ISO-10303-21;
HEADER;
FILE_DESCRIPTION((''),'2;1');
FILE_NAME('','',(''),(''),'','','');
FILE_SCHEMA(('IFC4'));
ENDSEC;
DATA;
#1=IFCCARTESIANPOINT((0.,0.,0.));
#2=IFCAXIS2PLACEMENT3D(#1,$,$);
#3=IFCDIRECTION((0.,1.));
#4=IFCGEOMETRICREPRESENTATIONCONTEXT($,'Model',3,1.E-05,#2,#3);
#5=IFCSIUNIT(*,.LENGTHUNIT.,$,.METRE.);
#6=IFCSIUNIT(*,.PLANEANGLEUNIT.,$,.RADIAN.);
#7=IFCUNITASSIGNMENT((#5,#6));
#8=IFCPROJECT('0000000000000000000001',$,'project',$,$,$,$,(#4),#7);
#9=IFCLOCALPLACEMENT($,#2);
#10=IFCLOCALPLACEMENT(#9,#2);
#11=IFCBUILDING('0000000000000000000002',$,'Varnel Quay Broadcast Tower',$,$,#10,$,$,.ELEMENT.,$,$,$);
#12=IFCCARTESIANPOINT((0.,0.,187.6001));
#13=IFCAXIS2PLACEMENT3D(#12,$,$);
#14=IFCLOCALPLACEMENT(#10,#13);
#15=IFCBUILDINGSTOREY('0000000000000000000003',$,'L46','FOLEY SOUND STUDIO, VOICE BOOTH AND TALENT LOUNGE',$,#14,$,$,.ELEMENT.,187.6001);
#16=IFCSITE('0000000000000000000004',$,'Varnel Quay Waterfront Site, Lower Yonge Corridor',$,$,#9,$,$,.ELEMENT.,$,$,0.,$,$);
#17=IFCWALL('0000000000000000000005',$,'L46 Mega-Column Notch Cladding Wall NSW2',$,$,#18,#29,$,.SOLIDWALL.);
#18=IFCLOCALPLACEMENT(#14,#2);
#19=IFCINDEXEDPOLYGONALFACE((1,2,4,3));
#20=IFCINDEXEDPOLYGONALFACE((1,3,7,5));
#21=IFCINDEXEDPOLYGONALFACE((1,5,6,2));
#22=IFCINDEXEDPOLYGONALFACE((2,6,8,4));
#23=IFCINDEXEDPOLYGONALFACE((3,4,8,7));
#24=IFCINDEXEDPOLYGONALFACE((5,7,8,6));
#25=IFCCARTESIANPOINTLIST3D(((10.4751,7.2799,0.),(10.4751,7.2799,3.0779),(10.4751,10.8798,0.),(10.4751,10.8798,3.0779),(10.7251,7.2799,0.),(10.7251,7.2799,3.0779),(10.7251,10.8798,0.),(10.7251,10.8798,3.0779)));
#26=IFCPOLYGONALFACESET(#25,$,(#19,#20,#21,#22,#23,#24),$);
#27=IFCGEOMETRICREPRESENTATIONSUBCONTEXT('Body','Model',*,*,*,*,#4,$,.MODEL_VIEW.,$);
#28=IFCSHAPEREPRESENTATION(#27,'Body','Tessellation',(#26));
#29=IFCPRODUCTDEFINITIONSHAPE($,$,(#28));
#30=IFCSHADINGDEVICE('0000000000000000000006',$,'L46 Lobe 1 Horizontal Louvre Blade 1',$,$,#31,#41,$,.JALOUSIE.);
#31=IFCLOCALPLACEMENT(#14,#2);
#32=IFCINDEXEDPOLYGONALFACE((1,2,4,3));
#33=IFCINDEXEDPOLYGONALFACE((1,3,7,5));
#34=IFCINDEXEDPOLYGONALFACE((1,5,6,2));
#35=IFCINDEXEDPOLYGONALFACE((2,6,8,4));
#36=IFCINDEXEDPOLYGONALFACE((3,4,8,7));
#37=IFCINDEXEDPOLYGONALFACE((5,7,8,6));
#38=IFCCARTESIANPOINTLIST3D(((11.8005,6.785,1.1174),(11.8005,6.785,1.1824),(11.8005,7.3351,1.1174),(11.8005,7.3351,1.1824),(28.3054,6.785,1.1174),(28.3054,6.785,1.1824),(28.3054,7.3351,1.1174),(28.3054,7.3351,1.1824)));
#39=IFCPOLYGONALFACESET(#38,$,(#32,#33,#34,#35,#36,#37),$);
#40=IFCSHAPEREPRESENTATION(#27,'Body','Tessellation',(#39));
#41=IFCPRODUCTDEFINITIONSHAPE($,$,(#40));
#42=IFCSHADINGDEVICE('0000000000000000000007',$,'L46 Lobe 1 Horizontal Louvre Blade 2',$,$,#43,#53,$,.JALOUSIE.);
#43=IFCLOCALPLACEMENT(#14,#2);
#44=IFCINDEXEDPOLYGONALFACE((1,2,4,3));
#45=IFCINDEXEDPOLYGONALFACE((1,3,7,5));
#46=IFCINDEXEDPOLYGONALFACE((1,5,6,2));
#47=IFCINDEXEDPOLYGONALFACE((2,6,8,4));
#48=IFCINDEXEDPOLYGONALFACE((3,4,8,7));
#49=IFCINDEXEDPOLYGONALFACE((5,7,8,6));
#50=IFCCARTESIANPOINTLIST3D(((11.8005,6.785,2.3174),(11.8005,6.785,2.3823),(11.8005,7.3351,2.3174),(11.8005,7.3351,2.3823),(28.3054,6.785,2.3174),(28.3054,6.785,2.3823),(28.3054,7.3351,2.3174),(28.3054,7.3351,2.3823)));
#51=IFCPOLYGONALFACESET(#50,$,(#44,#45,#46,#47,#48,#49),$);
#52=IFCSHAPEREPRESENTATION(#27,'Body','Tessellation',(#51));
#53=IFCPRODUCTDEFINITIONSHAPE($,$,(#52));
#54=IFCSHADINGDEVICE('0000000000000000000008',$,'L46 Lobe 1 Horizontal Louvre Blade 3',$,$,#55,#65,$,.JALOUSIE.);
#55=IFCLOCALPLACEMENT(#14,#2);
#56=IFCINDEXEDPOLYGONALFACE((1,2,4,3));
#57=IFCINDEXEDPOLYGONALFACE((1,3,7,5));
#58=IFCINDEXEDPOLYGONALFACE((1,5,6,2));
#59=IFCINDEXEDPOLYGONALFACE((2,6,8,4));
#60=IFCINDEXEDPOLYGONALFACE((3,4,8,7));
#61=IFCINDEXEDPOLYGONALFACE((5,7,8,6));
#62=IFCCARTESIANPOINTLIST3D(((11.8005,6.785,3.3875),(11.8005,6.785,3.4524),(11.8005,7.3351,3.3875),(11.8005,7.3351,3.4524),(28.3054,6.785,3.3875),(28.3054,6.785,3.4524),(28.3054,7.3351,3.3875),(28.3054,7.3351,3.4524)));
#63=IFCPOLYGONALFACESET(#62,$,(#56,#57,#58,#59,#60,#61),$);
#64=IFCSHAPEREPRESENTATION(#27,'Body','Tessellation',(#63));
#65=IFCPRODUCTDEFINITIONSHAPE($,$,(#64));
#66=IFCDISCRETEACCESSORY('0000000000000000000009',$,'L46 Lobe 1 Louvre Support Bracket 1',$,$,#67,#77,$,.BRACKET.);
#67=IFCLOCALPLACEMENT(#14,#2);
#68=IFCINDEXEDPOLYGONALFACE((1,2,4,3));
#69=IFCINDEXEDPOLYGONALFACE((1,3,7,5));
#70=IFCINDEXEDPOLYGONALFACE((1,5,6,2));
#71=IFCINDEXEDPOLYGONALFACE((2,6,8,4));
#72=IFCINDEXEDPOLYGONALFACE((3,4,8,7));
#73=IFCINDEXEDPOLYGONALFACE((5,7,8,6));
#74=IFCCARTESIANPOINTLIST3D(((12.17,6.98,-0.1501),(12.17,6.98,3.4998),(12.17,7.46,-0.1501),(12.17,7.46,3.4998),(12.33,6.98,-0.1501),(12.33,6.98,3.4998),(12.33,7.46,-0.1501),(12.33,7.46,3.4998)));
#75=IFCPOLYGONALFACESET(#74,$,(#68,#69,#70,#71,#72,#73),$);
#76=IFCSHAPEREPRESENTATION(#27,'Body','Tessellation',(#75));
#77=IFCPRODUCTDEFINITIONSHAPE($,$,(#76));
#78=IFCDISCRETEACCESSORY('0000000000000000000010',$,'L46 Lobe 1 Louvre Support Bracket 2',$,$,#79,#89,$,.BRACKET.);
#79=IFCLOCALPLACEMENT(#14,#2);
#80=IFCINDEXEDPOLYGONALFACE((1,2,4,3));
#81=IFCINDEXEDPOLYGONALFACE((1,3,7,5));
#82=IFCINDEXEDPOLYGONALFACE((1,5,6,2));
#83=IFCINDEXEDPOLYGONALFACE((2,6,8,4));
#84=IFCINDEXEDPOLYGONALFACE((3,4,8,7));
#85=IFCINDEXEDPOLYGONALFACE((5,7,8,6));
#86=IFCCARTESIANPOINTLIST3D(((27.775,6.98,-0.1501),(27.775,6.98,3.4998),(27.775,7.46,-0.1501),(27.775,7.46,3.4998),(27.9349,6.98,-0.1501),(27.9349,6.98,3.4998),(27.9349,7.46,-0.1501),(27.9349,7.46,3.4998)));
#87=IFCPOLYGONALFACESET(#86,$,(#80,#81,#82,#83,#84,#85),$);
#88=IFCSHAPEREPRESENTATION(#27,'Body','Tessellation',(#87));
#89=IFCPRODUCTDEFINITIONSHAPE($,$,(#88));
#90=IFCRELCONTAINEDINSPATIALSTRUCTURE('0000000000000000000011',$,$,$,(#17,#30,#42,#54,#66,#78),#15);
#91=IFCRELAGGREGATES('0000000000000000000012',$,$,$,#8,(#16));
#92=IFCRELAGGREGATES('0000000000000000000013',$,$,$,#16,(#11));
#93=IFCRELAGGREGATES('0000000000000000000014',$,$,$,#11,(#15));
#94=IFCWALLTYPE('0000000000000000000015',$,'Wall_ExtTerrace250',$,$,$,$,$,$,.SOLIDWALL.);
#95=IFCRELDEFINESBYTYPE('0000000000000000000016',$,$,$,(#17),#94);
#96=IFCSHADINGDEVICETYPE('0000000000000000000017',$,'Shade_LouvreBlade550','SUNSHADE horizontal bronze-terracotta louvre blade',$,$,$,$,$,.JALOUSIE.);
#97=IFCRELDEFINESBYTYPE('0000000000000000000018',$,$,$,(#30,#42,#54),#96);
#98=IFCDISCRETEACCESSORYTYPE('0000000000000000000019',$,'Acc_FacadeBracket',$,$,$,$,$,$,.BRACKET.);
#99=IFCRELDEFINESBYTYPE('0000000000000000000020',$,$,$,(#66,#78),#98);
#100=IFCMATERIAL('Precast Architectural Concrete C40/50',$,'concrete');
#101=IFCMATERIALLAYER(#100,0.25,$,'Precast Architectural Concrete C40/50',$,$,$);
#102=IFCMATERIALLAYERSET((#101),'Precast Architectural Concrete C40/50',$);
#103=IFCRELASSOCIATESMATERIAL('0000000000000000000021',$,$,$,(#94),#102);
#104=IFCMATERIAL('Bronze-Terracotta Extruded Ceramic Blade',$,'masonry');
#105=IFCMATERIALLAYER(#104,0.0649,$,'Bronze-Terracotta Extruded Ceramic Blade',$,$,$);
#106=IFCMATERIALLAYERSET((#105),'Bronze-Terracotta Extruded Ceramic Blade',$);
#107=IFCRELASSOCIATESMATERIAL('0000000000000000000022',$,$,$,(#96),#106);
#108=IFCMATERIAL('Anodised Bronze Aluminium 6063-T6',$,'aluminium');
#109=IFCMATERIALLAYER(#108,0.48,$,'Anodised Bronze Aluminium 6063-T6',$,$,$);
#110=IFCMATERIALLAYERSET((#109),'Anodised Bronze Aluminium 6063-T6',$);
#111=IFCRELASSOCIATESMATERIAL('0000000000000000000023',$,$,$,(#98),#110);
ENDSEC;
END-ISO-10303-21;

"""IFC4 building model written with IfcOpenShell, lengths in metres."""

from ifc_helpers import new_model, si_unit, direction, frame, frame_2d, origin, origin_2d, place, context, subcontext, project, spatial, rectangle, extrude, source, transform, mapped, material, layer, layer_set, type_object, type_shapes, element, save


model = new_model("IFC4")

# Units and contexts
model_context = context("Model", 3, precision=1e-05, world=origin(), true_north=direction((0.0, 1.0)))
body_context = subcontext(model_context, "Body", "Model", "MODEL_VIEW")
ifc_project = project(units=[si_unit("LENGTHUNIT", "METRE"), si_unit("PLANEANGLEUNIT", "RADIAN")], contexts=[model_context])

# Site, building, storey
site_placement = place(None, origin())
site = spatial("IfcSite", under=ifc_project, at=site_placement, Name="Varnel Quay Waterfront Site, Lower Yonge Corridor", CompositionType="ELEMENT", RefElevation=0.0)
building_placement = place(site_placement, origin())
building = spatial("IfcBuilding", under=site, at=building_placement, Name="Varnel Quay Broadcast Tower", CompositionType="ELEMENT")
storey_placement = place(building_placement, frame((0.0, 0.0, 187.6001)))
storey = spatial("IfcBuildingStorey", under=building, at=storey_placement, Name="L46", Description="FOLEY SOUND STUDIO, VOICE BOOTH AND TALENT LOUNGE", CompositionType="ELEMENT", Elevation=187.6001)

# Shared definitions
ifc_material_1 = material(Name="Anodised Bronze Aluminium 6063-T6", Category="aluminium")

# Wall
ifc_material_2 = material(Name="Precast Architectural Concrete C40/50", Category="concrete")
ifc_layer_1 = layer(ifc_material_2, 0.25, Name="Precast Architectural Concrete C40/50")
ifc_layer_set_1 = layer_set([ifc_layer_1], Name="Precast Architectural Concrete C40/50")
wall_type = type_object("IfcWallType", Name="Wall_ExtTerrace250", PredefinedType="SOLIDWALL", material=ifc_layer_set_1)
wall_placement = place(storey_placement, frame((10.6001, 7.28, 0.0), z_axis=(0.0, 0.0, 1.0), x_axis=(0.0, 1.0, 0.0)))
element("IfcWall", 1, at=wall_placement, inside=storey, type_object=wall_type, Name="L46 Mega-Column Notch Cladding Wall NSW2", PredefinedType="SOLIDWALL", context=body_context, shape_type="SweptSolid", body=[
    extrude(rectangle(XDim=3.5999, YDim=0.25, at=frame_2d((1.7998, 0.0))), origin(), (0.0, 0.0, 1.0), 3.0779),
])

# Shading devices
ifc_material_3 = material(Name="Bronze-Terracotta Extruded Ceramic Blade", Category="masonry")
ifc_layer_2 = layer(ifc_material_3, 0.0649, Name="Bronze-Terracotta Extruded Ceramic Blade")
ifc_layer_set_2 = layer_set([ifc_layer_2], Name="Bronze-Terracotta Extruded Ceramic Blade")
shading_device_type = type_object("IfcShadingDeviceType", Name="Shade_LouvreBlade550", Description="SUNSHADE horizontal bronze-terracotta louvre blade", PredefinedType="JALOUSIE", material=ifc_layer_set_2)
shared_shape_1 = source(origin(), body_context, "Body", "SweptSolid", [
    extrude(rectangle(XDim=16.5049, YDim=0.55, at=origin_2d()), origin(), (0.0, 0.0, 1.0), 0.0649),
])
type_shapes(shading_device_type, [shared_shape_1])
for number, where, z_axis, x_axis, name in (
    (2, (20.053, 7.0601, 1.1174), (0.0, 0.0, 1.0), (1.0, 0.0, 0.0), "L46 Lobe 1 Horizontal Louvre Blade 1"),
    (3, (20.053, 7.0601, 2.3174), (0.0, 0.0, 1.0), (1.0, 0.0, 0.0), "L46 Lobe 1 Horizontal Louvre Blade 2"),
    (4, (20.053, 7.0601, 3.3875), (0.0, 0.0, 1.0), (1.0, 0.0, 0.0), "L46 Lobe 1 Horizontal Louvre Blade 3"),
):
    element("IfcShadingDevice", number, at=place(storey_placement, frame(where, z_axis=z_axis, x_axis=x_axis)), inside=storey, type_object=shading_device_type, Name=name, PredefinedType="JALOUSIE", context=body_context, shape_type="MappedRepresentation", body=[
        mapped(shared_shape_1, transform((0.0, 0.0, 0.0), x_axis=(1.0, 0.0, 0.0), y_axis=(0.0, 1.0, 0.0), z_axis=(0.0, 0.0, 1.0), scale=1.0)),
    ])

# Discrete accessories
ifc_layer_3 = layer(ifc_material_1, 0.48, Name="Anodised Bronze Aluminium 6063-T6")
ifc_layer_set_3 = layer_set([ifc_layer_3], Name="Anodised Bronze Aluminium 6063-T6")
discrete_accessory_type = type_object("IfcDiscreteAccessoryType", Name="Acc_FacadeBracket", PredefinedType="BRACKET", material=ifc_layer_set_3)
shared_shape_2 = source(origin(), body_context, "Body", "SweptSolid", [
    extrude(rectangle(XDim=0.1599, YDim=0.48, at=origin_2d()), origin(), (0.0, 0.0, 1.0), 3.6499),
])
type_shapes(discrete_accessory_type, [shared_shape_2])
for number, where, z_axis, x_axis, name in (
    (5, (12.25, 7.22, -0.1501), (0.0, 0.0, 1.0), (1.0, 0.0, 0.0), "L46 Lobe 1 Louvre Support Bracket 1"),
    (6, (27.855, 7.22, -0.1501), (0.0, 0.0, 1.0), (1.0, 0.0, 0.0), "L46 Lobe 1 Louvre Support Bracket 2"),
):
    element("IfcDiscreteAccessory", number, at=place(storey_placement, frame(where, z_axis=z_axis, x_axis=x_axis)), inside=storey, type_object=discrete_accessory_type, Name=name, PredefinedType="BRACKET", context=body_context, shape_type="MappedRepresentation", body=[
        mapped(shared_shape_2, transform((0.0, 0.0, 0.0), x_axis=(1.0, 0.0, 0.0), y_axis=(0.0, 1.0, 0.0), z_axis=(0.0, 0.0, 1.0), scale=1.0)),
    ])

save(model, "model.ifc")
